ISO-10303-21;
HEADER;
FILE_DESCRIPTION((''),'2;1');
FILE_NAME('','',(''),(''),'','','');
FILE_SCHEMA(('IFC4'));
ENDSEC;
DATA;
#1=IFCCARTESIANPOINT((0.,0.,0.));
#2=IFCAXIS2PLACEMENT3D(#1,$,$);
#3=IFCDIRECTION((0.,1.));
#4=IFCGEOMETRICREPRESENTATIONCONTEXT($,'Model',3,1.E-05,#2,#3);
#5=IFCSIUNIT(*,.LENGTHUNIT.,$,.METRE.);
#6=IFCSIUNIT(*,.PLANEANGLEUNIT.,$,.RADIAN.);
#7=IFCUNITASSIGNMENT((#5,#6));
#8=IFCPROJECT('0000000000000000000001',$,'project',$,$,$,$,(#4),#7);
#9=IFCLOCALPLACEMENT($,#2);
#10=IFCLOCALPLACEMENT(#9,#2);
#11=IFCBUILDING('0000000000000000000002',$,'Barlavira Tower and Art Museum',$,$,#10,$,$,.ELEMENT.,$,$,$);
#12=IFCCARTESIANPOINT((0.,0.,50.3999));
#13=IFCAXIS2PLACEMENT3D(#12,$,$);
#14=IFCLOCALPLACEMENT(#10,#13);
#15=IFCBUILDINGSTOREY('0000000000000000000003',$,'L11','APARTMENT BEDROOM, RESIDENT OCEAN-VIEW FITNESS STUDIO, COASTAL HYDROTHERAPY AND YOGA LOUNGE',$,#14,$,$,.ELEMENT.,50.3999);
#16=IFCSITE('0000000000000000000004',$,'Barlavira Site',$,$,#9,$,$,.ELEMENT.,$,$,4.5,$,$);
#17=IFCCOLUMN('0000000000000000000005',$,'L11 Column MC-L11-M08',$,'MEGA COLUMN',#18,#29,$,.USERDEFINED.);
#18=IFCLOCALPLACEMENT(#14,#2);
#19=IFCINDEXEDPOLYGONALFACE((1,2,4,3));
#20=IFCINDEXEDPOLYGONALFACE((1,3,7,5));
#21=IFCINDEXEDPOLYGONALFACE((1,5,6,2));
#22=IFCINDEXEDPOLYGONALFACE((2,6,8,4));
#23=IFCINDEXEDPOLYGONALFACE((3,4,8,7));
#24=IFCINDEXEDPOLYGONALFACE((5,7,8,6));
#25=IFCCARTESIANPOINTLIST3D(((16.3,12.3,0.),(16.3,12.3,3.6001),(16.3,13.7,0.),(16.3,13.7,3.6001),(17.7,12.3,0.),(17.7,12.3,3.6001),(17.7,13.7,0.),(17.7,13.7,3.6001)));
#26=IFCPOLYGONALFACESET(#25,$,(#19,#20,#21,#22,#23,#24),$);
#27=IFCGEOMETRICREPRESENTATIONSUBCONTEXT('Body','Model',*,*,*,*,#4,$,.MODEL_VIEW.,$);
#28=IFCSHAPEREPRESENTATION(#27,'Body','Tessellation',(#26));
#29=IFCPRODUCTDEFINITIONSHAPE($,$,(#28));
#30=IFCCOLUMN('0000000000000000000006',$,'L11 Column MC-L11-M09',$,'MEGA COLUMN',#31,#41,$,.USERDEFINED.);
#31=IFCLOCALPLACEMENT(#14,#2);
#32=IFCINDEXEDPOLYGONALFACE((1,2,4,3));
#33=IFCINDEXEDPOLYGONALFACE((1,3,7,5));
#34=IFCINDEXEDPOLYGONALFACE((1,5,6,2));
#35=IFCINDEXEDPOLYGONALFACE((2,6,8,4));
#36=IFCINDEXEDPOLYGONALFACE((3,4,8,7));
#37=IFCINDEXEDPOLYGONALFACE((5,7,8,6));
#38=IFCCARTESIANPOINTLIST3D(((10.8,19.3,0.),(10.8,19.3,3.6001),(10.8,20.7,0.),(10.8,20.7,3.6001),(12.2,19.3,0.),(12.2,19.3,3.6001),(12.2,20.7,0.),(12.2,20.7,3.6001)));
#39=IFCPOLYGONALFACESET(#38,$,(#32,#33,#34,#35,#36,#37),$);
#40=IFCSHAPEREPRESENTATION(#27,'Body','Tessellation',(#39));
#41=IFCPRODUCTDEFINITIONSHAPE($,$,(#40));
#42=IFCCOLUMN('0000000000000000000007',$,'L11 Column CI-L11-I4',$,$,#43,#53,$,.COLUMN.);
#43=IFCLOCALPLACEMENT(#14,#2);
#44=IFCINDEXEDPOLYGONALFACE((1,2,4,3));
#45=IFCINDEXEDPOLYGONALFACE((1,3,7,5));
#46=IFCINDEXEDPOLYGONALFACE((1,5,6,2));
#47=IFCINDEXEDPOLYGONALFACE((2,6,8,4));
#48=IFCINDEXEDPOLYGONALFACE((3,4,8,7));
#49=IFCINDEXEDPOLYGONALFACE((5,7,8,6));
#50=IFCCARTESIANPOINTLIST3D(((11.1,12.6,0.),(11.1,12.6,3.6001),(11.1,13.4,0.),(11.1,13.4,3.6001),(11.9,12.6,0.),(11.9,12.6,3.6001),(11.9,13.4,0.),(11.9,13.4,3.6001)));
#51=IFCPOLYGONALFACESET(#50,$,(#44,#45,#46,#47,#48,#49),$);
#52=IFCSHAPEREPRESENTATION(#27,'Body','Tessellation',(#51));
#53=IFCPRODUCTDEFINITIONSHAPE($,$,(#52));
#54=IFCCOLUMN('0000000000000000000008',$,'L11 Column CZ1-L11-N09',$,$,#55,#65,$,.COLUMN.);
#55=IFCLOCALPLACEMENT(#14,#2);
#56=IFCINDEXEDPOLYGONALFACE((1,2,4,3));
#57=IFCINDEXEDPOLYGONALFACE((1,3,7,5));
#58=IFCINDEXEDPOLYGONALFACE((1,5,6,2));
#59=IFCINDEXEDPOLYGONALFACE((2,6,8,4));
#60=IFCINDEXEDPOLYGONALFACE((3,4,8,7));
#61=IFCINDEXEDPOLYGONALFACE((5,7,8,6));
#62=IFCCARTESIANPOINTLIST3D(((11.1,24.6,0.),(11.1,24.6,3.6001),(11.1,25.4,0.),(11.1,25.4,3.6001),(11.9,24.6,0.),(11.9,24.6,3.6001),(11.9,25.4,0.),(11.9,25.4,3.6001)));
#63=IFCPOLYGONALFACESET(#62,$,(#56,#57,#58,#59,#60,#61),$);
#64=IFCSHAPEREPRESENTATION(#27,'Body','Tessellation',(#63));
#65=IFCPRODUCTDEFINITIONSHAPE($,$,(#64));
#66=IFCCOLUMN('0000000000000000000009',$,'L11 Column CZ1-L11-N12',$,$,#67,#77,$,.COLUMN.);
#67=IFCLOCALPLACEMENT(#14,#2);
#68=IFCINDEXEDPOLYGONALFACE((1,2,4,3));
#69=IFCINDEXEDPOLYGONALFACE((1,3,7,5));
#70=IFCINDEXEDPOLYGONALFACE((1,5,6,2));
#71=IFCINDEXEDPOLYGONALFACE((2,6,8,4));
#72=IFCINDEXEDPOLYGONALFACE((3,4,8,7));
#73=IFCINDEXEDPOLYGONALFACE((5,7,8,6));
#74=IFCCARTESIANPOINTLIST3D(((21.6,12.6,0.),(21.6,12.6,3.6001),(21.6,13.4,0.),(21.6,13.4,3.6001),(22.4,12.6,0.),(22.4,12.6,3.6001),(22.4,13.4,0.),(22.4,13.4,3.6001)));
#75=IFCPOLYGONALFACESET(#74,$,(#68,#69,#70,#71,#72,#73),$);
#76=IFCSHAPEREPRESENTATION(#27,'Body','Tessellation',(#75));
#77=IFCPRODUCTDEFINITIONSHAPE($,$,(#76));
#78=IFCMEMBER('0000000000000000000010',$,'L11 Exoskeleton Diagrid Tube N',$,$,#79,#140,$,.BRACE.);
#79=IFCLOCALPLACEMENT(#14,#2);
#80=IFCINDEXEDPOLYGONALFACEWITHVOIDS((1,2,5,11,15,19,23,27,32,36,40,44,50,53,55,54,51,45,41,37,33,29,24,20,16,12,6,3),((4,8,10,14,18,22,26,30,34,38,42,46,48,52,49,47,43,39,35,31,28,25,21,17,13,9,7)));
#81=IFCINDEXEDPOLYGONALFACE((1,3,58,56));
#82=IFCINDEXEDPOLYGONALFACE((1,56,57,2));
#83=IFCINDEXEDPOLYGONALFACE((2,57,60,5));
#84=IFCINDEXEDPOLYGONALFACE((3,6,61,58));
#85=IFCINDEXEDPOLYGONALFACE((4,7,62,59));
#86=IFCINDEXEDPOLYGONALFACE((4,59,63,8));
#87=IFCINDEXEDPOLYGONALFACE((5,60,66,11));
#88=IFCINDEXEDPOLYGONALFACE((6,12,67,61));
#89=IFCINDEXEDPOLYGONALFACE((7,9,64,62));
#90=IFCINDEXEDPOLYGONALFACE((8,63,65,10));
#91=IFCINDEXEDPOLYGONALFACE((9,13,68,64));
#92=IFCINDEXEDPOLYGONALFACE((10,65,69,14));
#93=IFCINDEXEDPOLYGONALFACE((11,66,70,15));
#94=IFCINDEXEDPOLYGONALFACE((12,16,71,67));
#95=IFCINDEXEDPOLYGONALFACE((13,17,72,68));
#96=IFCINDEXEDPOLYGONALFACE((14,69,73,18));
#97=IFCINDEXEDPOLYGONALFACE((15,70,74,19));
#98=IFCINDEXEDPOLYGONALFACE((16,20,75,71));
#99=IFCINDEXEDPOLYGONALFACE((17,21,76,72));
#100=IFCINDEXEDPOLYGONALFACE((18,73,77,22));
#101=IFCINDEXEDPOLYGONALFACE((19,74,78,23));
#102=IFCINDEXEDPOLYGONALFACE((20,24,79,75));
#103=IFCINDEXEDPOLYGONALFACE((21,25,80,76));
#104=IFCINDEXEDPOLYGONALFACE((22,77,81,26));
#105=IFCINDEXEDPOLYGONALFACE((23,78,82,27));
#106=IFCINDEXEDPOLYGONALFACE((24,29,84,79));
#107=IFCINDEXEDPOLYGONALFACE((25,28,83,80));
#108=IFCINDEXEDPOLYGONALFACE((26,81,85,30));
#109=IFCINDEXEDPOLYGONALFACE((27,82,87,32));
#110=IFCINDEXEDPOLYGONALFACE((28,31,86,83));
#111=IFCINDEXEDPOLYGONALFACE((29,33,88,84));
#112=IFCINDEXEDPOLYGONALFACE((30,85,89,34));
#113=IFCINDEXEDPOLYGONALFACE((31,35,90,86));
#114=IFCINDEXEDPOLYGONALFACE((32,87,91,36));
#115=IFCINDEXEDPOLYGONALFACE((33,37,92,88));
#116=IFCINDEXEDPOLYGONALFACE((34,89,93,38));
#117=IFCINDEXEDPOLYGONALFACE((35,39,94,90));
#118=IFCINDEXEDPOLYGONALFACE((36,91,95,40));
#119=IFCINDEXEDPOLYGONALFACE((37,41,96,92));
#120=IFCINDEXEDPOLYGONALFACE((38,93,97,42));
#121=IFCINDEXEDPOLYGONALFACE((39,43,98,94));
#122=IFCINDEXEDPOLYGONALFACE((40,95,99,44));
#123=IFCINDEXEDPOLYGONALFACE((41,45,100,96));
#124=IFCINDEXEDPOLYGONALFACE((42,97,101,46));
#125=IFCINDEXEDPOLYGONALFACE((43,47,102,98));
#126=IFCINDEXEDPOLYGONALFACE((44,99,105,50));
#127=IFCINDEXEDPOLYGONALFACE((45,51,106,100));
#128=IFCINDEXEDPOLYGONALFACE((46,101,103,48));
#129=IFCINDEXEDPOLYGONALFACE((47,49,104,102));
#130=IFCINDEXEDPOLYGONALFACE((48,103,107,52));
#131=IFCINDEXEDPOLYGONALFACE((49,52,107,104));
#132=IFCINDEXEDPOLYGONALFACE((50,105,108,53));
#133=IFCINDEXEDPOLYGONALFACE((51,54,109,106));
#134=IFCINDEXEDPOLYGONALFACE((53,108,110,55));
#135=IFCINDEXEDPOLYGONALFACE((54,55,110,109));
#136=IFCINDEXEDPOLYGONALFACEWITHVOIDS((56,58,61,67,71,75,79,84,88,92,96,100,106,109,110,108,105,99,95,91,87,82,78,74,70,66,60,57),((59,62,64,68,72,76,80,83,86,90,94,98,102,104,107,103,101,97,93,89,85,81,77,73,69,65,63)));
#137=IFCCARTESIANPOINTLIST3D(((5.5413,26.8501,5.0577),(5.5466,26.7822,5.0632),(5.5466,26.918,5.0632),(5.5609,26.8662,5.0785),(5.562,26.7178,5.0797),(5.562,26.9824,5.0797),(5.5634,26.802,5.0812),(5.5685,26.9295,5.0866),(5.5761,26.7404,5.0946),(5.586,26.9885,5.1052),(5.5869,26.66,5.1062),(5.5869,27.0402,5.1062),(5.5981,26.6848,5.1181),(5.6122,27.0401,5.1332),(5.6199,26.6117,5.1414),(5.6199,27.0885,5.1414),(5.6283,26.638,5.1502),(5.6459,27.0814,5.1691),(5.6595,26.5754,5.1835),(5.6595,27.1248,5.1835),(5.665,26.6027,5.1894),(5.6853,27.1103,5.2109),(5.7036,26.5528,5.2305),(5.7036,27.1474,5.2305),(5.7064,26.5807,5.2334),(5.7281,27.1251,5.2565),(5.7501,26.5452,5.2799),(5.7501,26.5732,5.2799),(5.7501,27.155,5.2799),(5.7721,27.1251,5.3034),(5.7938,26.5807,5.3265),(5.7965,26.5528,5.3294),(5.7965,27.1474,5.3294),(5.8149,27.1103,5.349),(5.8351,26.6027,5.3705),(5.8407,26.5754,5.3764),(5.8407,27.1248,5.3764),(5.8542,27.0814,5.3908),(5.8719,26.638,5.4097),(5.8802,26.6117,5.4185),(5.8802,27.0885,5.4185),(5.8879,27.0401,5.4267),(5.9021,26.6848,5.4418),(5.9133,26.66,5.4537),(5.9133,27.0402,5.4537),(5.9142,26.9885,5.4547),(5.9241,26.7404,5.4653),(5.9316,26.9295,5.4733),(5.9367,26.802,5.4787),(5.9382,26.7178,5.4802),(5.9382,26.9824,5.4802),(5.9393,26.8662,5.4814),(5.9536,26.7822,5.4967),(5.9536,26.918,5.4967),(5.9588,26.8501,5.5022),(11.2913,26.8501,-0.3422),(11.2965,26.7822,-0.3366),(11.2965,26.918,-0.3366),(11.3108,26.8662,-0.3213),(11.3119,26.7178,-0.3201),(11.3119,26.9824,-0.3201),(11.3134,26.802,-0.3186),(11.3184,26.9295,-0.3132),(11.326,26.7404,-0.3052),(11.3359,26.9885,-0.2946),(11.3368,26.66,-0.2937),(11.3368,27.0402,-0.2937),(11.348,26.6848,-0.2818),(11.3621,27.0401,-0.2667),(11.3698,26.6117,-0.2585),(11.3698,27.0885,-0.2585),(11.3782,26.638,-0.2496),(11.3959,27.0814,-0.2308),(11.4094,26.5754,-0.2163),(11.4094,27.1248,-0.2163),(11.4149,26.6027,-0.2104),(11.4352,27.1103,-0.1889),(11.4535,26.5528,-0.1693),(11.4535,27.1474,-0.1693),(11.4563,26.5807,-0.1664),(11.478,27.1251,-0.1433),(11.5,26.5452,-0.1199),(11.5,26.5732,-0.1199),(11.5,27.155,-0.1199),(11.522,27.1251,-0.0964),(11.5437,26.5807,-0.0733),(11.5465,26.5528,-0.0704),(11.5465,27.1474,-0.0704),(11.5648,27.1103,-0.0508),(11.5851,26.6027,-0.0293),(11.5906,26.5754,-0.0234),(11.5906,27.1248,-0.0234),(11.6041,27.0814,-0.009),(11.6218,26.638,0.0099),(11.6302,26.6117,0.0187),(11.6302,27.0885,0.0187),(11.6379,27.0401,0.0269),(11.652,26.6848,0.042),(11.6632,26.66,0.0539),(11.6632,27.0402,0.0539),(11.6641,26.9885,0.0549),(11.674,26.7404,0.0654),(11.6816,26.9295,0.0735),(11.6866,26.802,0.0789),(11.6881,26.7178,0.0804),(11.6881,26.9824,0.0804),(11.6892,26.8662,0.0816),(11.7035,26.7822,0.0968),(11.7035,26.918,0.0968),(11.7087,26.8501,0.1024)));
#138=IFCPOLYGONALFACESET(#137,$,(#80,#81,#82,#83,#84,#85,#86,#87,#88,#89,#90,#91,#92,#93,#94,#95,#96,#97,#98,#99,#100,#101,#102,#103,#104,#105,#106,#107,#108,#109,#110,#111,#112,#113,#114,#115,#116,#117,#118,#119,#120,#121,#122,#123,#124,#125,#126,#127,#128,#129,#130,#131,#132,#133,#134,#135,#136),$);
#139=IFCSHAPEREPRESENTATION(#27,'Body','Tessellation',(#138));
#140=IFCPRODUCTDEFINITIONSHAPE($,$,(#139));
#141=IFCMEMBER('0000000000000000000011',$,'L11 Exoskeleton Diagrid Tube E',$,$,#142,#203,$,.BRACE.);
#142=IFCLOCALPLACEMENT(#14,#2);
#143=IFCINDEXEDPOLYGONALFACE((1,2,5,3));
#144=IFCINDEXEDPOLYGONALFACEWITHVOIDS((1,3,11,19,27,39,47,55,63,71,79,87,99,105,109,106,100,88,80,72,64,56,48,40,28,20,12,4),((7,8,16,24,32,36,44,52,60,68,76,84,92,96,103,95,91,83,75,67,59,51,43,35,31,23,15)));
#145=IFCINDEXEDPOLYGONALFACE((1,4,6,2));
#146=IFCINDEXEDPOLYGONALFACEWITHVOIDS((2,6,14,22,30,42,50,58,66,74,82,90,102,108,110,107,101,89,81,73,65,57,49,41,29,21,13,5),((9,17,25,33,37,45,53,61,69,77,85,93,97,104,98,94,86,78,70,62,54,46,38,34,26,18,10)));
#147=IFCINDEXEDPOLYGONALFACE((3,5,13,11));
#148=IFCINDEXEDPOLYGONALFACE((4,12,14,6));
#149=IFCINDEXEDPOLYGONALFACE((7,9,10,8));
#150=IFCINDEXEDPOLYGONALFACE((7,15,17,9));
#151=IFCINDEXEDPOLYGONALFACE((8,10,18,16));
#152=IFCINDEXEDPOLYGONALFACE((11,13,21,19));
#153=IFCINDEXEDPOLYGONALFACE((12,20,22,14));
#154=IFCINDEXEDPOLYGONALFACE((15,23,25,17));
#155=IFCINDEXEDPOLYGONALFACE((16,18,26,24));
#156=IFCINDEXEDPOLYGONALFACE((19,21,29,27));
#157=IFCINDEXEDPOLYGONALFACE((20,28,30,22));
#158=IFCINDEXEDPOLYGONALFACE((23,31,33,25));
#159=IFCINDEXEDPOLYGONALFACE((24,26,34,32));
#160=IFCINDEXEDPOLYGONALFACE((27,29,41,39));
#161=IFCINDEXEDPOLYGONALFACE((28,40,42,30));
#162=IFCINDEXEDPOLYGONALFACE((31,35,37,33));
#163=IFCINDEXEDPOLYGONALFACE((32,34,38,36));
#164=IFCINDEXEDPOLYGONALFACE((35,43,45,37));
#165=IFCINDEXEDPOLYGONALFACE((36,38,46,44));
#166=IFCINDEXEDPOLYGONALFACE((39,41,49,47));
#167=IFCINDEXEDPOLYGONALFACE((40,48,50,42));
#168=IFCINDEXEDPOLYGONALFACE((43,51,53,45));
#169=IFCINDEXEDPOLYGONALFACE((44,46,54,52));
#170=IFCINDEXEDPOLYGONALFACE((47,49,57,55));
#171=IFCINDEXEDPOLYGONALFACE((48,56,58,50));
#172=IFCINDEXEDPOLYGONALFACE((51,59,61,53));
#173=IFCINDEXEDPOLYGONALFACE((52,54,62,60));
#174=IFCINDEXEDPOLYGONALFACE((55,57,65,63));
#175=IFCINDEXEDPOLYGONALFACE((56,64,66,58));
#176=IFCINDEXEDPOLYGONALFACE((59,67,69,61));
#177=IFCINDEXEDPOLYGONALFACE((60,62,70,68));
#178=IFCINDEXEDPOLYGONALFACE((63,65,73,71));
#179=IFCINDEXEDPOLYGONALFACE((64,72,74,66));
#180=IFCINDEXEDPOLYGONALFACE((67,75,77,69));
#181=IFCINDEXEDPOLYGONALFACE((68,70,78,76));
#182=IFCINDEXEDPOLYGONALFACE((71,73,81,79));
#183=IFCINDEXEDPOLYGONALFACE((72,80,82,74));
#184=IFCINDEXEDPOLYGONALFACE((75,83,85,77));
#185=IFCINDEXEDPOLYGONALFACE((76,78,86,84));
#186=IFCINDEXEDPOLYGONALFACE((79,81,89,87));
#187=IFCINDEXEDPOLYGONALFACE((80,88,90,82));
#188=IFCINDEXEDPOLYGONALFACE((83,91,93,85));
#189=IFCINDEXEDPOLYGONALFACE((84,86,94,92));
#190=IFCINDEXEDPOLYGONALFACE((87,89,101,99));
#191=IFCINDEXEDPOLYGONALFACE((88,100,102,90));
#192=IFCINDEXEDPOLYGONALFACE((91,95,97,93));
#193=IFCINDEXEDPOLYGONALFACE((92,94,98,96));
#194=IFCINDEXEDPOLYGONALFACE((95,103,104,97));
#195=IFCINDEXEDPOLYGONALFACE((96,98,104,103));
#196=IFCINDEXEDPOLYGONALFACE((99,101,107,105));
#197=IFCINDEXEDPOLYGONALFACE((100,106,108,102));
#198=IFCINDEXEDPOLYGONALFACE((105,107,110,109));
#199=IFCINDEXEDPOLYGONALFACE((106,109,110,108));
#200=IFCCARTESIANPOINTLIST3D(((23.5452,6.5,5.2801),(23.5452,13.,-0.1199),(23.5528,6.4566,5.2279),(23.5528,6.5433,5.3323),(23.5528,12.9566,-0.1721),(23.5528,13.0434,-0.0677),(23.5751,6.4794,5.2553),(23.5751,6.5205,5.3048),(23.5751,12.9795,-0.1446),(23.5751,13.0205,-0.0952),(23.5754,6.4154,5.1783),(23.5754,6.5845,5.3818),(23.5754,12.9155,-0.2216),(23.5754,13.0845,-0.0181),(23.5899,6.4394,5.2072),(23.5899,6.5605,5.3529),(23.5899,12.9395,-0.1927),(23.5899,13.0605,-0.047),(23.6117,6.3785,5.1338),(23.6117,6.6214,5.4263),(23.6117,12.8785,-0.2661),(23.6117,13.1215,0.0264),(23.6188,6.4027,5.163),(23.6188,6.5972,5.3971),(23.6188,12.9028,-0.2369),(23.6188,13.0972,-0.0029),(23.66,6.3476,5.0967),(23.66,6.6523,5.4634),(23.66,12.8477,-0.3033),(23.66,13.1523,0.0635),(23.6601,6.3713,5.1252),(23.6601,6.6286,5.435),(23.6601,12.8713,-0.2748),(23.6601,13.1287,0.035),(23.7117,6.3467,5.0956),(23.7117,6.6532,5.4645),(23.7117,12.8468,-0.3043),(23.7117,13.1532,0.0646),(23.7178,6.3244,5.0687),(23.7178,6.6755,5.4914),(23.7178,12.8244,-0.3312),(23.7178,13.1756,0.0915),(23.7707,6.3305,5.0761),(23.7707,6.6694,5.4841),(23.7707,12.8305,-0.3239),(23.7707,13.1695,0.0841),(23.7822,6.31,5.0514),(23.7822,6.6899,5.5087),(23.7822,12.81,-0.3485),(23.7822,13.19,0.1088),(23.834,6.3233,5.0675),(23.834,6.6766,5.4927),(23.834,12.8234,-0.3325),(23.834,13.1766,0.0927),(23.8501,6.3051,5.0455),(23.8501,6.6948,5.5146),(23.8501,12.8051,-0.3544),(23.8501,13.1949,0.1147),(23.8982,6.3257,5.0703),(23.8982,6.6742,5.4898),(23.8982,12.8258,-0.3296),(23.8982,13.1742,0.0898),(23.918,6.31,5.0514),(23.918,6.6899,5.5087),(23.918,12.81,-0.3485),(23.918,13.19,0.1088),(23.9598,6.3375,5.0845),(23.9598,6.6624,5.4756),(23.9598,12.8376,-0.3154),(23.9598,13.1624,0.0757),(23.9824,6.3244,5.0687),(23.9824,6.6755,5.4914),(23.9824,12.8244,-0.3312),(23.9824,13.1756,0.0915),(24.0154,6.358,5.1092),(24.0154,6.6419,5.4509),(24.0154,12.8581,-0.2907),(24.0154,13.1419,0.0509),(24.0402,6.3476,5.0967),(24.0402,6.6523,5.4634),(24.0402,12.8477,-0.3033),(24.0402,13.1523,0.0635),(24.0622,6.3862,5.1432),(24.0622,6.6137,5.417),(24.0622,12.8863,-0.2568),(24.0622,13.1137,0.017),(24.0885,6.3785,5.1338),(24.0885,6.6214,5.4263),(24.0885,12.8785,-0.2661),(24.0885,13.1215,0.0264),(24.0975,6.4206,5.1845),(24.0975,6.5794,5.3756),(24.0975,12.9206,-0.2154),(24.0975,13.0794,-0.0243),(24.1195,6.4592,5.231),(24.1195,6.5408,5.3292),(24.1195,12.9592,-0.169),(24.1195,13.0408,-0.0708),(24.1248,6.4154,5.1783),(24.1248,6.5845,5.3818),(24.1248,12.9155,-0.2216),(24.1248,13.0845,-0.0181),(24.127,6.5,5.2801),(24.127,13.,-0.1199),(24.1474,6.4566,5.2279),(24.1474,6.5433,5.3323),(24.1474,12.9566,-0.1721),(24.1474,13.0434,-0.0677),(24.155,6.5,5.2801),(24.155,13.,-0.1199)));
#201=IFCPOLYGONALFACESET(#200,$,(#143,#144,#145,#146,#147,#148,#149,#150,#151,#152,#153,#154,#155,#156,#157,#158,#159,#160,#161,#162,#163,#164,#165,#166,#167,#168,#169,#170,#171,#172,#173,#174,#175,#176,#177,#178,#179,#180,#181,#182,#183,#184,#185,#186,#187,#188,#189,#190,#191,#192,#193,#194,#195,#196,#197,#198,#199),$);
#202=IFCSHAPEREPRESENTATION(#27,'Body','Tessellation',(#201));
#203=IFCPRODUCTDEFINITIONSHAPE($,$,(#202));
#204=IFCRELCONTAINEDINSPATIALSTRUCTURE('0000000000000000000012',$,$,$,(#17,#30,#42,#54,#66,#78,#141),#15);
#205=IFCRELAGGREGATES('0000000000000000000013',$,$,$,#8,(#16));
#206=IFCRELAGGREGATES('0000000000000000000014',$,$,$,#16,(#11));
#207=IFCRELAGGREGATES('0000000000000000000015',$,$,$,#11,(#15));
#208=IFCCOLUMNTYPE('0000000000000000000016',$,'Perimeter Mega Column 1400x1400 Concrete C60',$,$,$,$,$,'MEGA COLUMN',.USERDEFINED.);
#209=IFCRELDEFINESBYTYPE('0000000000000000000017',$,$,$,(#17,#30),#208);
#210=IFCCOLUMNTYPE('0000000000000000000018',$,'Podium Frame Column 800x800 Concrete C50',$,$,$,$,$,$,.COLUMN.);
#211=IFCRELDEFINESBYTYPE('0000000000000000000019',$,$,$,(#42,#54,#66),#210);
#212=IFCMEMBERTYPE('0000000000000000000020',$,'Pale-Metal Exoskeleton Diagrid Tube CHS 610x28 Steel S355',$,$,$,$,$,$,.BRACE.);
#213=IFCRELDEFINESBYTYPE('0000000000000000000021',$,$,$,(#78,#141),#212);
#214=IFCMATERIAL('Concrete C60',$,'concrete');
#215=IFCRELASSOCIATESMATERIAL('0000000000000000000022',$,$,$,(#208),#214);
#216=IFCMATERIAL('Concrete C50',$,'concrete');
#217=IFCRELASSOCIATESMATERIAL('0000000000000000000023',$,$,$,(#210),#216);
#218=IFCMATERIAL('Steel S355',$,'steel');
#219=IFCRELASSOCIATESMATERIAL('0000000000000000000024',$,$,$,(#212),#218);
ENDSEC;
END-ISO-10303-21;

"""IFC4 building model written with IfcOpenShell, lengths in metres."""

from ifc_helpers import new_model, si_unit, direction, frame, origin, origin_2d, place, context, subcontext, project, spatial, rectangle, hollow_circle, extrude, material, material_profile, profile_set, type_object, element, save


model = new_model("IFC4")

# Units and contexts
model_context = context("Model", 3, precision=1e-05, world=origin(), true_north=direction((0.0, 1.0)))
body_context = subcontext(model_context, "Body", "Model", "MODEL_VIEW")
ifc_project = project(units=[si_unit("LENGTHUNIT", "METRE"), si_unit("PLANEANGLEUNIT", "RADIAN")], contexts=[model_context])

# Site, building, storey
site_placement = place(None, origin())
site = spatial("IfcSite", under=ifc_project, at=site_placement, Name="Barlavira Site", CompositionType="ELEMENT", RefElevation=4.5)
building_placement = place(site_placement, origin())
building = spatial("IfcBuilding", under=site, at=building_placement, Name="Barlavira Tower and Art Museum", CompositionType="ELEMENT")
storey_placement = place(building_placement, frame((0.0, 0.0, 50.3999)))
storey = spatial("IfcBuildingStorey", under=building, at=storey_placement, Name="L11", Description="APARTMENT BEDROOM, RESIDENT OCEAN-VIEW FITNESS STUDIO, COASTAL HYDROTHERAPY AND YOGA LOUNGE", CompositionType="ELEMENT", Elevation=50.3999)

# Columns
ifc_material_1 = material(Name="Concrete C60", Category="concrete")
ifc_material_profile_1 = material_profile(ifc_material_1, rectangle(XDim=1.3999, YDim=1.3999, at=origin_2d()), Name="RC-MCOL 1400x1400")
ifc_profile_set_1 = profile_set([ifc_material_profile_1], Name="Concrete C60")
column_type_1 = type_object("IfcColumnType", Name="Perimeter Mega Column 1400x1400 Concrete C60", ElementType="MEGA COLUMN", PredefinedType="USERDEFINED", material=ifc_profile_set_1)
for number, where, z_axis, x_axis, name in (
    (1, (17.0, 13.0, 0.0), (0.0, 0.0, 1.0), (1.0, 0.0, 0.0), "L11 Column MC-L11-M08"),
    (2, (11.5, 20.0, 0.0), (0.0, 0.0, 1.0), (1.0, 0.0, 0.0), "L11 Column MC-L11-M09"),
):
    element("IfcColumn", number, at=place(storey_placement, frame(where, z_axis=z_axis, x_axis=x_axis)), inside=storey, type_object=column_type_1, Name=name, ObjectType="MEGA COLUMN", PredefinedType="USERDEFINED", context=body_context, shape_type="SweptSolid", body=[
        extrude(rectangle(XDim=1.3999, YDim=1.3999, at=origin_2d()), origin(), (0.0, 0.0, 1.0), 3.6001),
    ])
ifc_material_2 = material(Name="Concrete C50", Category="concrete")
ifc_material_profile_2 = material_profile(ifc_material_2, rectangle(XDim=0.8, YDim=0.8, at=origin_2d()), Name="RC-COL 800x800")
ifc_profile_set_2 = profile_set([ifc_material_profile_2], Name="Concrete C50")
column_type_2 = type_object("IfcColumnType", Name="Podium Frame Column 800x800 Concrete C50", PredefinedType="COLUMN", material=ifc_profile_set_2)
for number, where, z_axis, x_axis, name in (
    (3, (11.5, 13.0, 0.0), (0.0, 0.0, 1.0), (1.0, 0.0, 0.0), "L11 Column CI-L11-I4"),
    (4, (11.5, 25.0, 0.0), (0.0, 0.0, 1.0), (1.0, 0.0, 0.0), "L11 Column CZ1-L11-N09"),
    (5, (22.0, 13.0, 0.0), (0.0, 0.0, 1.0), (1.0, 0.0, 0.0), "L11 Column CZ1-L11-N12"),
):
    element("IfcColumn", number, at=place(storey_placement, frame(where, z_axis=z_axis, x_axis=x_axis)), inside=storey, type_object=column_type_2, Name=name, PredefinedType="COLUMN", context=body_context, shape_type="SweptSolid", body=[
        extrude(rectangle(XDim=0.8, YDim=0.8, at=origin_2d()), origin(), (0.0, 0.0, 1.0), 3.6001),
    ])

# Members
ifc_material_3 = material(Name="Steel S355", Category="steel")
ifc_material_profile_3 = material_profile(ifc_material_3, hollow_circle(Radius=0.3049, WallThickness=0.0281, at=origin_2d()), Name="CHS 610.0x28.0")
ifc_profile_set_3 = profile_set([ifc_material_profile_3], Name="Steel S355")
member_type_1 = type_object("IfcMemberType", Name="Pale-Metal Exoskeleton Diagrid Tube CHS 610x28 Steel S355", PredefinedType="BRACE", material=ifc_profile_set_3)
member_1_placement = place(storey_placement, frame((11.5, 26.8501, -0.1199), z_axis=(-0.72895, 0.0, 0.684567), x_axis=(0.0, -1.0, 0.0)))
element("IfcMember", 6, at=member_1_placement, inside=storey, type_object=member_type_1, Name="L11 Exoskeleton Diagrid Tube N", PredefinedType="BRACE", context=body_context, shape_type="SweptSolid", body=[
    extrude(hollow_circle(Radius=0.3049, WallThickness=0.0281, at=origin_2d()), origin(), (0.0, 0.0, 1.0), 7.8879),
])
member_2_placement = place(storey_placement, frame((23.8501, 13.0, -0.1199), z_axis=(0.0, -0.769196, 0.639013), x_axis=(1.0, 0.0, 0.0)))
element("IfcMember", 7, at=member_2_placement, inside=storey, type_object=member_type_1, Name="L11 Exoskeleton Diagrid Tube E", PredefinedType="BRACE", context=body_context, shape_type="SweptSolid", body=[
    extrude(hollow_circle(Radius=0.3049, WallThickness=0.0281, at=origin_2d()), origin(), (0.0, 0.0, 1.0), 8.4504),
])

save(model, "model.ifc")
